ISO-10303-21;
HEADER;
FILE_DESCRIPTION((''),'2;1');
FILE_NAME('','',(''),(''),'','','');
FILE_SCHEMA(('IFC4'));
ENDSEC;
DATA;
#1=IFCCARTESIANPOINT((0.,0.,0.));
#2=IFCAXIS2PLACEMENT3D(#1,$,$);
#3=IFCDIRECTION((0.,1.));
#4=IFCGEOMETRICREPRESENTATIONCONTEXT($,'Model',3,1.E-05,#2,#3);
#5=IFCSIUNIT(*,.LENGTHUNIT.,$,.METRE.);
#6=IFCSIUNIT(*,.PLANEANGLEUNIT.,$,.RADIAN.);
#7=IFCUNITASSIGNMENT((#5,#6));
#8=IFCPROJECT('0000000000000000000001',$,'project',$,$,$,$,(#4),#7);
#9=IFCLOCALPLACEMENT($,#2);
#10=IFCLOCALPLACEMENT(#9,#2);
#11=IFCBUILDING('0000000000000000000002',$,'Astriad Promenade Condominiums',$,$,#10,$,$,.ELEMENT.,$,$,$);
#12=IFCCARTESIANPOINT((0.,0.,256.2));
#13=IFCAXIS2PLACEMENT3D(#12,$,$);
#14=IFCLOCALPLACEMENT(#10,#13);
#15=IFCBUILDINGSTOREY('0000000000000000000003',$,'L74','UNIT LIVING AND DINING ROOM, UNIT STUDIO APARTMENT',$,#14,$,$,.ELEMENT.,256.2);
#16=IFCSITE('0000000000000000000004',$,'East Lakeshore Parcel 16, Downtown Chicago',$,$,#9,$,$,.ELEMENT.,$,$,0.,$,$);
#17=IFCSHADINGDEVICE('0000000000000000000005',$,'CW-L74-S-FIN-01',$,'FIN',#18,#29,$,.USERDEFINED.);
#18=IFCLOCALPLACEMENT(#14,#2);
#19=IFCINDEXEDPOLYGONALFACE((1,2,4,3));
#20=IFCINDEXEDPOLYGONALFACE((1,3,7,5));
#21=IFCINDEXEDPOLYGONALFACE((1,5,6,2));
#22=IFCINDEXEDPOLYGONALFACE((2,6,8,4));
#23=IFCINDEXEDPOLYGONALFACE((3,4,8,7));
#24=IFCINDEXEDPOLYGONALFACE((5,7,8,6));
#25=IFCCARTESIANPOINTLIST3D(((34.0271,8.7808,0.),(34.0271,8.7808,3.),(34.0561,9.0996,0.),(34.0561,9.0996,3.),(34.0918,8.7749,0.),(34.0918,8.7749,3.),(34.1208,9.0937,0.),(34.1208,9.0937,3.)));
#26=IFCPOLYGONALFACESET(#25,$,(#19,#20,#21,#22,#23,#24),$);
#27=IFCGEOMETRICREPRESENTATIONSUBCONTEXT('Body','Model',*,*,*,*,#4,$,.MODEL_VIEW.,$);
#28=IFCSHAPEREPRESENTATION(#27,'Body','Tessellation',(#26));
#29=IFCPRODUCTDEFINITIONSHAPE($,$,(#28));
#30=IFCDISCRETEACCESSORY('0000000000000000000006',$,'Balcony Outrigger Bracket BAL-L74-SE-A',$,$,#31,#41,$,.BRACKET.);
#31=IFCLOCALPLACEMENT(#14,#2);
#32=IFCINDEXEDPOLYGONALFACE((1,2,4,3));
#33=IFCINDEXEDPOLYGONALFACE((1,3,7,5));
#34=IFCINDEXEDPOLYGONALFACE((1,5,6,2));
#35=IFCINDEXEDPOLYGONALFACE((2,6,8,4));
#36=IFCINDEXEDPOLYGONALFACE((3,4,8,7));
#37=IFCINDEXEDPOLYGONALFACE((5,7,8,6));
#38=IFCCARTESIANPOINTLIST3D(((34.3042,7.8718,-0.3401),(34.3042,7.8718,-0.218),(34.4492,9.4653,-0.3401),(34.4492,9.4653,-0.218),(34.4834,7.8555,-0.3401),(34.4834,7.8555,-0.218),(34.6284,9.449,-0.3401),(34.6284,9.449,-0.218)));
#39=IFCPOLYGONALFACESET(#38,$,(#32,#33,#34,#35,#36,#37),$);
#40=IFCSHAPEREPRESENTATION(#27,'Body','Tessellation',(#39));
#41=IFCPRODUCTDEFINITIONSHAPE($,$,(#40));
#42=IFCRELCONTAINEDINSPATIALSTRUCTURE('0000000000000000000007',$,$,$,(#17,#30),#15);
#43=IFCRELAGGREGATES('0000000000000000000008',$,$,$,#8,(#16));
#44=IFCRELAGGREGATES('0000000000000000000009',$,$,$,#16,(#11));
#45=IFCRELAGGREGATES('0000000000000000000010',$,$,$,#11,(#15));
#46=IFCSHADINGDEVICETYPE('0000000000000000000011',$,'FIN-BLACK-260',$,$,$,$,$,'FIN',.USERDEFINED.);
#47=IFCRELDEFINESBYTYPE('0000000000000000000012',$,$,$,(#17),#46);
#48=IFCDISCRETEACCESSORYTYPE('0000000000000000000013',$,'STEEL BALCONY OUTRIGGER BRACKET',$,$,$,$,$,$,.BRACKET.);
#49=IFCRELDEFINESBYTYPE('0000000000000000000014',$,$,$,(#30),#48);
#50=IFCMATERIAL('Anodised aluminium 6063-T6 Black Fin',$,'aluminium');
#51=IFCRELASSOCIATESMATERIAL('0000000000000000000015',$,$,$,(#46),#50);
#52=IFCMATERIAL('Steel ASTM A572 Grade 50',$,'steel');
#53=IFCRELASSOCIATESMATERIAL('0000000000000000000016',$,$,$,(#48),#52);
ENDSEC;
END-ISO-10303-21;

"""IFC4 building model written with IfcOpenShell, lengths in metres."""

from ifc_helpers import new_model, si_unit, direction, frame, origin, origin_2d, place, context, subcontext, project, spatial, rectangle, extrude, source, transform, mapped, material, type_object, type_shapes, element, save


model = new_model("IFC4")

# Units and contexts
model_context = context("Model", 3, precision=1e-05, world=origin(), true_north=direction((0.0, 1.0)))
body_context = subcontext(model_context, "Body", "Model", "MODEL_VIEW")
ifc_project = project(units=[si_unit("LENGTHUNIT", "METRE"), si_unit("PLANEANGLEUNIT", "RADIAN")], contexts=[model_context])

# Site, building, storey
site_placement = place(None, origin())
site = spatial("IfcSite", under=ifc_project, at=site_placement, Name="East Lakeshore Parcel 16, Downtown Chicago", CompositionType="ELEMENT", RefElevation=0.0)
building_placement = place(site_placement, origin())
building = spatial("IfcBuilding", under=site, at=building_placement, Name="Astriad Promenade Condominiums", CompositionType="ELEMENT")
storey_placement = place(building_placement, frame((0.0, 0.0, 256.2)))
storey = spatial("IfcBuildingStorey", under=building, at=storey_placement, Name="L74", Description="UNIT LIVING AND DINING ROOM, UNIT STUDIO APARTMENT", CompositionType="ELEMENT", Elevation=256.2)

# Shading device
ifc_material_1 = material(Name="Anodised aluminium 6063-T6 Black Fin", Category="aluminium")
shading_device_type = type_object("IfcShadingDeviceType", Name="FIN-BLACK-260", ElementType="FIN", PredefinedType="USERDEFINED", material=ifc_material_1)
shared_shape_1 = source(origin(), body_context, "Body", "SweptSolid", [
    extrude(rectangle(XDim=0.0649, YDim=0.3201, at=origin_2d()), origin(), (0.0, 0.0, 1.0), 3.0),
])
type_shapes(shading_device_type, [shared_shape_1])
shading_device_placement = place(storey_placement, frame((34.074, 8.9373, 0.0), z_axis=(0.0, 0.0, 1.0), x_axis=(-0.995884, 0.090633, 0.0)))
element("IfcShadingDevice", 1, at=shading_device_placement, inside=storey, type_object=shading_device_type, Name="CW-L74-S-FIN-01", ObjectType="FIN", PredefinedType="USERDEFINED", context=body_context, shape_type="MappedRepresentation", body=[
    mapped(shared_shape_1, transform((0.0, 0.0, 0.0), scale=1.0)),
])

# Discrete accessory
ifc_material_2 = material(Name="Steel ASTM A572 Grade 50", Category="steel")
discrete_accessory_type = type_object("IfcDiscreteAccessoryType", Name="STEEL BALCONY OUTRIGGER BRACKET", PredefinedType="BRACKET", material=ifc_material_2)
shared_shape_2 = source(origin(), body_context, "Body", "SweptSolid", [
    extrude(rectangle(XDim=1.6001, YDim=0.1799, at=origin_2d()), origin(), (0.0, 0.0, 1.0), 0.1221),
])
type_shapes(discrete_accessory_type, [shared_shape_2])
discrete_accessory_placement = place(storey_placement, frame((34.4663, 8.6604, -0.3401), z_axis=(0.0, 0.0, 1.0), x_axis=(-0.090633, -0.995884, 0.0)))
element("IfcDiscreteAccessory", 2, at=discrete_accessory_placement, inside=storey, type_object=discrete_accessory_type, Name="Balcony Outrigger Bracket BAL-L74-SE-A", PredefinedType="BRACKET", context=body_context, shape_type="MappedRepresentation", body=[
    mapped(shared_shape_2, transform((0.0, 0.0, 0.0), scale=1.0)),
])

save(model, "model.ifc")
